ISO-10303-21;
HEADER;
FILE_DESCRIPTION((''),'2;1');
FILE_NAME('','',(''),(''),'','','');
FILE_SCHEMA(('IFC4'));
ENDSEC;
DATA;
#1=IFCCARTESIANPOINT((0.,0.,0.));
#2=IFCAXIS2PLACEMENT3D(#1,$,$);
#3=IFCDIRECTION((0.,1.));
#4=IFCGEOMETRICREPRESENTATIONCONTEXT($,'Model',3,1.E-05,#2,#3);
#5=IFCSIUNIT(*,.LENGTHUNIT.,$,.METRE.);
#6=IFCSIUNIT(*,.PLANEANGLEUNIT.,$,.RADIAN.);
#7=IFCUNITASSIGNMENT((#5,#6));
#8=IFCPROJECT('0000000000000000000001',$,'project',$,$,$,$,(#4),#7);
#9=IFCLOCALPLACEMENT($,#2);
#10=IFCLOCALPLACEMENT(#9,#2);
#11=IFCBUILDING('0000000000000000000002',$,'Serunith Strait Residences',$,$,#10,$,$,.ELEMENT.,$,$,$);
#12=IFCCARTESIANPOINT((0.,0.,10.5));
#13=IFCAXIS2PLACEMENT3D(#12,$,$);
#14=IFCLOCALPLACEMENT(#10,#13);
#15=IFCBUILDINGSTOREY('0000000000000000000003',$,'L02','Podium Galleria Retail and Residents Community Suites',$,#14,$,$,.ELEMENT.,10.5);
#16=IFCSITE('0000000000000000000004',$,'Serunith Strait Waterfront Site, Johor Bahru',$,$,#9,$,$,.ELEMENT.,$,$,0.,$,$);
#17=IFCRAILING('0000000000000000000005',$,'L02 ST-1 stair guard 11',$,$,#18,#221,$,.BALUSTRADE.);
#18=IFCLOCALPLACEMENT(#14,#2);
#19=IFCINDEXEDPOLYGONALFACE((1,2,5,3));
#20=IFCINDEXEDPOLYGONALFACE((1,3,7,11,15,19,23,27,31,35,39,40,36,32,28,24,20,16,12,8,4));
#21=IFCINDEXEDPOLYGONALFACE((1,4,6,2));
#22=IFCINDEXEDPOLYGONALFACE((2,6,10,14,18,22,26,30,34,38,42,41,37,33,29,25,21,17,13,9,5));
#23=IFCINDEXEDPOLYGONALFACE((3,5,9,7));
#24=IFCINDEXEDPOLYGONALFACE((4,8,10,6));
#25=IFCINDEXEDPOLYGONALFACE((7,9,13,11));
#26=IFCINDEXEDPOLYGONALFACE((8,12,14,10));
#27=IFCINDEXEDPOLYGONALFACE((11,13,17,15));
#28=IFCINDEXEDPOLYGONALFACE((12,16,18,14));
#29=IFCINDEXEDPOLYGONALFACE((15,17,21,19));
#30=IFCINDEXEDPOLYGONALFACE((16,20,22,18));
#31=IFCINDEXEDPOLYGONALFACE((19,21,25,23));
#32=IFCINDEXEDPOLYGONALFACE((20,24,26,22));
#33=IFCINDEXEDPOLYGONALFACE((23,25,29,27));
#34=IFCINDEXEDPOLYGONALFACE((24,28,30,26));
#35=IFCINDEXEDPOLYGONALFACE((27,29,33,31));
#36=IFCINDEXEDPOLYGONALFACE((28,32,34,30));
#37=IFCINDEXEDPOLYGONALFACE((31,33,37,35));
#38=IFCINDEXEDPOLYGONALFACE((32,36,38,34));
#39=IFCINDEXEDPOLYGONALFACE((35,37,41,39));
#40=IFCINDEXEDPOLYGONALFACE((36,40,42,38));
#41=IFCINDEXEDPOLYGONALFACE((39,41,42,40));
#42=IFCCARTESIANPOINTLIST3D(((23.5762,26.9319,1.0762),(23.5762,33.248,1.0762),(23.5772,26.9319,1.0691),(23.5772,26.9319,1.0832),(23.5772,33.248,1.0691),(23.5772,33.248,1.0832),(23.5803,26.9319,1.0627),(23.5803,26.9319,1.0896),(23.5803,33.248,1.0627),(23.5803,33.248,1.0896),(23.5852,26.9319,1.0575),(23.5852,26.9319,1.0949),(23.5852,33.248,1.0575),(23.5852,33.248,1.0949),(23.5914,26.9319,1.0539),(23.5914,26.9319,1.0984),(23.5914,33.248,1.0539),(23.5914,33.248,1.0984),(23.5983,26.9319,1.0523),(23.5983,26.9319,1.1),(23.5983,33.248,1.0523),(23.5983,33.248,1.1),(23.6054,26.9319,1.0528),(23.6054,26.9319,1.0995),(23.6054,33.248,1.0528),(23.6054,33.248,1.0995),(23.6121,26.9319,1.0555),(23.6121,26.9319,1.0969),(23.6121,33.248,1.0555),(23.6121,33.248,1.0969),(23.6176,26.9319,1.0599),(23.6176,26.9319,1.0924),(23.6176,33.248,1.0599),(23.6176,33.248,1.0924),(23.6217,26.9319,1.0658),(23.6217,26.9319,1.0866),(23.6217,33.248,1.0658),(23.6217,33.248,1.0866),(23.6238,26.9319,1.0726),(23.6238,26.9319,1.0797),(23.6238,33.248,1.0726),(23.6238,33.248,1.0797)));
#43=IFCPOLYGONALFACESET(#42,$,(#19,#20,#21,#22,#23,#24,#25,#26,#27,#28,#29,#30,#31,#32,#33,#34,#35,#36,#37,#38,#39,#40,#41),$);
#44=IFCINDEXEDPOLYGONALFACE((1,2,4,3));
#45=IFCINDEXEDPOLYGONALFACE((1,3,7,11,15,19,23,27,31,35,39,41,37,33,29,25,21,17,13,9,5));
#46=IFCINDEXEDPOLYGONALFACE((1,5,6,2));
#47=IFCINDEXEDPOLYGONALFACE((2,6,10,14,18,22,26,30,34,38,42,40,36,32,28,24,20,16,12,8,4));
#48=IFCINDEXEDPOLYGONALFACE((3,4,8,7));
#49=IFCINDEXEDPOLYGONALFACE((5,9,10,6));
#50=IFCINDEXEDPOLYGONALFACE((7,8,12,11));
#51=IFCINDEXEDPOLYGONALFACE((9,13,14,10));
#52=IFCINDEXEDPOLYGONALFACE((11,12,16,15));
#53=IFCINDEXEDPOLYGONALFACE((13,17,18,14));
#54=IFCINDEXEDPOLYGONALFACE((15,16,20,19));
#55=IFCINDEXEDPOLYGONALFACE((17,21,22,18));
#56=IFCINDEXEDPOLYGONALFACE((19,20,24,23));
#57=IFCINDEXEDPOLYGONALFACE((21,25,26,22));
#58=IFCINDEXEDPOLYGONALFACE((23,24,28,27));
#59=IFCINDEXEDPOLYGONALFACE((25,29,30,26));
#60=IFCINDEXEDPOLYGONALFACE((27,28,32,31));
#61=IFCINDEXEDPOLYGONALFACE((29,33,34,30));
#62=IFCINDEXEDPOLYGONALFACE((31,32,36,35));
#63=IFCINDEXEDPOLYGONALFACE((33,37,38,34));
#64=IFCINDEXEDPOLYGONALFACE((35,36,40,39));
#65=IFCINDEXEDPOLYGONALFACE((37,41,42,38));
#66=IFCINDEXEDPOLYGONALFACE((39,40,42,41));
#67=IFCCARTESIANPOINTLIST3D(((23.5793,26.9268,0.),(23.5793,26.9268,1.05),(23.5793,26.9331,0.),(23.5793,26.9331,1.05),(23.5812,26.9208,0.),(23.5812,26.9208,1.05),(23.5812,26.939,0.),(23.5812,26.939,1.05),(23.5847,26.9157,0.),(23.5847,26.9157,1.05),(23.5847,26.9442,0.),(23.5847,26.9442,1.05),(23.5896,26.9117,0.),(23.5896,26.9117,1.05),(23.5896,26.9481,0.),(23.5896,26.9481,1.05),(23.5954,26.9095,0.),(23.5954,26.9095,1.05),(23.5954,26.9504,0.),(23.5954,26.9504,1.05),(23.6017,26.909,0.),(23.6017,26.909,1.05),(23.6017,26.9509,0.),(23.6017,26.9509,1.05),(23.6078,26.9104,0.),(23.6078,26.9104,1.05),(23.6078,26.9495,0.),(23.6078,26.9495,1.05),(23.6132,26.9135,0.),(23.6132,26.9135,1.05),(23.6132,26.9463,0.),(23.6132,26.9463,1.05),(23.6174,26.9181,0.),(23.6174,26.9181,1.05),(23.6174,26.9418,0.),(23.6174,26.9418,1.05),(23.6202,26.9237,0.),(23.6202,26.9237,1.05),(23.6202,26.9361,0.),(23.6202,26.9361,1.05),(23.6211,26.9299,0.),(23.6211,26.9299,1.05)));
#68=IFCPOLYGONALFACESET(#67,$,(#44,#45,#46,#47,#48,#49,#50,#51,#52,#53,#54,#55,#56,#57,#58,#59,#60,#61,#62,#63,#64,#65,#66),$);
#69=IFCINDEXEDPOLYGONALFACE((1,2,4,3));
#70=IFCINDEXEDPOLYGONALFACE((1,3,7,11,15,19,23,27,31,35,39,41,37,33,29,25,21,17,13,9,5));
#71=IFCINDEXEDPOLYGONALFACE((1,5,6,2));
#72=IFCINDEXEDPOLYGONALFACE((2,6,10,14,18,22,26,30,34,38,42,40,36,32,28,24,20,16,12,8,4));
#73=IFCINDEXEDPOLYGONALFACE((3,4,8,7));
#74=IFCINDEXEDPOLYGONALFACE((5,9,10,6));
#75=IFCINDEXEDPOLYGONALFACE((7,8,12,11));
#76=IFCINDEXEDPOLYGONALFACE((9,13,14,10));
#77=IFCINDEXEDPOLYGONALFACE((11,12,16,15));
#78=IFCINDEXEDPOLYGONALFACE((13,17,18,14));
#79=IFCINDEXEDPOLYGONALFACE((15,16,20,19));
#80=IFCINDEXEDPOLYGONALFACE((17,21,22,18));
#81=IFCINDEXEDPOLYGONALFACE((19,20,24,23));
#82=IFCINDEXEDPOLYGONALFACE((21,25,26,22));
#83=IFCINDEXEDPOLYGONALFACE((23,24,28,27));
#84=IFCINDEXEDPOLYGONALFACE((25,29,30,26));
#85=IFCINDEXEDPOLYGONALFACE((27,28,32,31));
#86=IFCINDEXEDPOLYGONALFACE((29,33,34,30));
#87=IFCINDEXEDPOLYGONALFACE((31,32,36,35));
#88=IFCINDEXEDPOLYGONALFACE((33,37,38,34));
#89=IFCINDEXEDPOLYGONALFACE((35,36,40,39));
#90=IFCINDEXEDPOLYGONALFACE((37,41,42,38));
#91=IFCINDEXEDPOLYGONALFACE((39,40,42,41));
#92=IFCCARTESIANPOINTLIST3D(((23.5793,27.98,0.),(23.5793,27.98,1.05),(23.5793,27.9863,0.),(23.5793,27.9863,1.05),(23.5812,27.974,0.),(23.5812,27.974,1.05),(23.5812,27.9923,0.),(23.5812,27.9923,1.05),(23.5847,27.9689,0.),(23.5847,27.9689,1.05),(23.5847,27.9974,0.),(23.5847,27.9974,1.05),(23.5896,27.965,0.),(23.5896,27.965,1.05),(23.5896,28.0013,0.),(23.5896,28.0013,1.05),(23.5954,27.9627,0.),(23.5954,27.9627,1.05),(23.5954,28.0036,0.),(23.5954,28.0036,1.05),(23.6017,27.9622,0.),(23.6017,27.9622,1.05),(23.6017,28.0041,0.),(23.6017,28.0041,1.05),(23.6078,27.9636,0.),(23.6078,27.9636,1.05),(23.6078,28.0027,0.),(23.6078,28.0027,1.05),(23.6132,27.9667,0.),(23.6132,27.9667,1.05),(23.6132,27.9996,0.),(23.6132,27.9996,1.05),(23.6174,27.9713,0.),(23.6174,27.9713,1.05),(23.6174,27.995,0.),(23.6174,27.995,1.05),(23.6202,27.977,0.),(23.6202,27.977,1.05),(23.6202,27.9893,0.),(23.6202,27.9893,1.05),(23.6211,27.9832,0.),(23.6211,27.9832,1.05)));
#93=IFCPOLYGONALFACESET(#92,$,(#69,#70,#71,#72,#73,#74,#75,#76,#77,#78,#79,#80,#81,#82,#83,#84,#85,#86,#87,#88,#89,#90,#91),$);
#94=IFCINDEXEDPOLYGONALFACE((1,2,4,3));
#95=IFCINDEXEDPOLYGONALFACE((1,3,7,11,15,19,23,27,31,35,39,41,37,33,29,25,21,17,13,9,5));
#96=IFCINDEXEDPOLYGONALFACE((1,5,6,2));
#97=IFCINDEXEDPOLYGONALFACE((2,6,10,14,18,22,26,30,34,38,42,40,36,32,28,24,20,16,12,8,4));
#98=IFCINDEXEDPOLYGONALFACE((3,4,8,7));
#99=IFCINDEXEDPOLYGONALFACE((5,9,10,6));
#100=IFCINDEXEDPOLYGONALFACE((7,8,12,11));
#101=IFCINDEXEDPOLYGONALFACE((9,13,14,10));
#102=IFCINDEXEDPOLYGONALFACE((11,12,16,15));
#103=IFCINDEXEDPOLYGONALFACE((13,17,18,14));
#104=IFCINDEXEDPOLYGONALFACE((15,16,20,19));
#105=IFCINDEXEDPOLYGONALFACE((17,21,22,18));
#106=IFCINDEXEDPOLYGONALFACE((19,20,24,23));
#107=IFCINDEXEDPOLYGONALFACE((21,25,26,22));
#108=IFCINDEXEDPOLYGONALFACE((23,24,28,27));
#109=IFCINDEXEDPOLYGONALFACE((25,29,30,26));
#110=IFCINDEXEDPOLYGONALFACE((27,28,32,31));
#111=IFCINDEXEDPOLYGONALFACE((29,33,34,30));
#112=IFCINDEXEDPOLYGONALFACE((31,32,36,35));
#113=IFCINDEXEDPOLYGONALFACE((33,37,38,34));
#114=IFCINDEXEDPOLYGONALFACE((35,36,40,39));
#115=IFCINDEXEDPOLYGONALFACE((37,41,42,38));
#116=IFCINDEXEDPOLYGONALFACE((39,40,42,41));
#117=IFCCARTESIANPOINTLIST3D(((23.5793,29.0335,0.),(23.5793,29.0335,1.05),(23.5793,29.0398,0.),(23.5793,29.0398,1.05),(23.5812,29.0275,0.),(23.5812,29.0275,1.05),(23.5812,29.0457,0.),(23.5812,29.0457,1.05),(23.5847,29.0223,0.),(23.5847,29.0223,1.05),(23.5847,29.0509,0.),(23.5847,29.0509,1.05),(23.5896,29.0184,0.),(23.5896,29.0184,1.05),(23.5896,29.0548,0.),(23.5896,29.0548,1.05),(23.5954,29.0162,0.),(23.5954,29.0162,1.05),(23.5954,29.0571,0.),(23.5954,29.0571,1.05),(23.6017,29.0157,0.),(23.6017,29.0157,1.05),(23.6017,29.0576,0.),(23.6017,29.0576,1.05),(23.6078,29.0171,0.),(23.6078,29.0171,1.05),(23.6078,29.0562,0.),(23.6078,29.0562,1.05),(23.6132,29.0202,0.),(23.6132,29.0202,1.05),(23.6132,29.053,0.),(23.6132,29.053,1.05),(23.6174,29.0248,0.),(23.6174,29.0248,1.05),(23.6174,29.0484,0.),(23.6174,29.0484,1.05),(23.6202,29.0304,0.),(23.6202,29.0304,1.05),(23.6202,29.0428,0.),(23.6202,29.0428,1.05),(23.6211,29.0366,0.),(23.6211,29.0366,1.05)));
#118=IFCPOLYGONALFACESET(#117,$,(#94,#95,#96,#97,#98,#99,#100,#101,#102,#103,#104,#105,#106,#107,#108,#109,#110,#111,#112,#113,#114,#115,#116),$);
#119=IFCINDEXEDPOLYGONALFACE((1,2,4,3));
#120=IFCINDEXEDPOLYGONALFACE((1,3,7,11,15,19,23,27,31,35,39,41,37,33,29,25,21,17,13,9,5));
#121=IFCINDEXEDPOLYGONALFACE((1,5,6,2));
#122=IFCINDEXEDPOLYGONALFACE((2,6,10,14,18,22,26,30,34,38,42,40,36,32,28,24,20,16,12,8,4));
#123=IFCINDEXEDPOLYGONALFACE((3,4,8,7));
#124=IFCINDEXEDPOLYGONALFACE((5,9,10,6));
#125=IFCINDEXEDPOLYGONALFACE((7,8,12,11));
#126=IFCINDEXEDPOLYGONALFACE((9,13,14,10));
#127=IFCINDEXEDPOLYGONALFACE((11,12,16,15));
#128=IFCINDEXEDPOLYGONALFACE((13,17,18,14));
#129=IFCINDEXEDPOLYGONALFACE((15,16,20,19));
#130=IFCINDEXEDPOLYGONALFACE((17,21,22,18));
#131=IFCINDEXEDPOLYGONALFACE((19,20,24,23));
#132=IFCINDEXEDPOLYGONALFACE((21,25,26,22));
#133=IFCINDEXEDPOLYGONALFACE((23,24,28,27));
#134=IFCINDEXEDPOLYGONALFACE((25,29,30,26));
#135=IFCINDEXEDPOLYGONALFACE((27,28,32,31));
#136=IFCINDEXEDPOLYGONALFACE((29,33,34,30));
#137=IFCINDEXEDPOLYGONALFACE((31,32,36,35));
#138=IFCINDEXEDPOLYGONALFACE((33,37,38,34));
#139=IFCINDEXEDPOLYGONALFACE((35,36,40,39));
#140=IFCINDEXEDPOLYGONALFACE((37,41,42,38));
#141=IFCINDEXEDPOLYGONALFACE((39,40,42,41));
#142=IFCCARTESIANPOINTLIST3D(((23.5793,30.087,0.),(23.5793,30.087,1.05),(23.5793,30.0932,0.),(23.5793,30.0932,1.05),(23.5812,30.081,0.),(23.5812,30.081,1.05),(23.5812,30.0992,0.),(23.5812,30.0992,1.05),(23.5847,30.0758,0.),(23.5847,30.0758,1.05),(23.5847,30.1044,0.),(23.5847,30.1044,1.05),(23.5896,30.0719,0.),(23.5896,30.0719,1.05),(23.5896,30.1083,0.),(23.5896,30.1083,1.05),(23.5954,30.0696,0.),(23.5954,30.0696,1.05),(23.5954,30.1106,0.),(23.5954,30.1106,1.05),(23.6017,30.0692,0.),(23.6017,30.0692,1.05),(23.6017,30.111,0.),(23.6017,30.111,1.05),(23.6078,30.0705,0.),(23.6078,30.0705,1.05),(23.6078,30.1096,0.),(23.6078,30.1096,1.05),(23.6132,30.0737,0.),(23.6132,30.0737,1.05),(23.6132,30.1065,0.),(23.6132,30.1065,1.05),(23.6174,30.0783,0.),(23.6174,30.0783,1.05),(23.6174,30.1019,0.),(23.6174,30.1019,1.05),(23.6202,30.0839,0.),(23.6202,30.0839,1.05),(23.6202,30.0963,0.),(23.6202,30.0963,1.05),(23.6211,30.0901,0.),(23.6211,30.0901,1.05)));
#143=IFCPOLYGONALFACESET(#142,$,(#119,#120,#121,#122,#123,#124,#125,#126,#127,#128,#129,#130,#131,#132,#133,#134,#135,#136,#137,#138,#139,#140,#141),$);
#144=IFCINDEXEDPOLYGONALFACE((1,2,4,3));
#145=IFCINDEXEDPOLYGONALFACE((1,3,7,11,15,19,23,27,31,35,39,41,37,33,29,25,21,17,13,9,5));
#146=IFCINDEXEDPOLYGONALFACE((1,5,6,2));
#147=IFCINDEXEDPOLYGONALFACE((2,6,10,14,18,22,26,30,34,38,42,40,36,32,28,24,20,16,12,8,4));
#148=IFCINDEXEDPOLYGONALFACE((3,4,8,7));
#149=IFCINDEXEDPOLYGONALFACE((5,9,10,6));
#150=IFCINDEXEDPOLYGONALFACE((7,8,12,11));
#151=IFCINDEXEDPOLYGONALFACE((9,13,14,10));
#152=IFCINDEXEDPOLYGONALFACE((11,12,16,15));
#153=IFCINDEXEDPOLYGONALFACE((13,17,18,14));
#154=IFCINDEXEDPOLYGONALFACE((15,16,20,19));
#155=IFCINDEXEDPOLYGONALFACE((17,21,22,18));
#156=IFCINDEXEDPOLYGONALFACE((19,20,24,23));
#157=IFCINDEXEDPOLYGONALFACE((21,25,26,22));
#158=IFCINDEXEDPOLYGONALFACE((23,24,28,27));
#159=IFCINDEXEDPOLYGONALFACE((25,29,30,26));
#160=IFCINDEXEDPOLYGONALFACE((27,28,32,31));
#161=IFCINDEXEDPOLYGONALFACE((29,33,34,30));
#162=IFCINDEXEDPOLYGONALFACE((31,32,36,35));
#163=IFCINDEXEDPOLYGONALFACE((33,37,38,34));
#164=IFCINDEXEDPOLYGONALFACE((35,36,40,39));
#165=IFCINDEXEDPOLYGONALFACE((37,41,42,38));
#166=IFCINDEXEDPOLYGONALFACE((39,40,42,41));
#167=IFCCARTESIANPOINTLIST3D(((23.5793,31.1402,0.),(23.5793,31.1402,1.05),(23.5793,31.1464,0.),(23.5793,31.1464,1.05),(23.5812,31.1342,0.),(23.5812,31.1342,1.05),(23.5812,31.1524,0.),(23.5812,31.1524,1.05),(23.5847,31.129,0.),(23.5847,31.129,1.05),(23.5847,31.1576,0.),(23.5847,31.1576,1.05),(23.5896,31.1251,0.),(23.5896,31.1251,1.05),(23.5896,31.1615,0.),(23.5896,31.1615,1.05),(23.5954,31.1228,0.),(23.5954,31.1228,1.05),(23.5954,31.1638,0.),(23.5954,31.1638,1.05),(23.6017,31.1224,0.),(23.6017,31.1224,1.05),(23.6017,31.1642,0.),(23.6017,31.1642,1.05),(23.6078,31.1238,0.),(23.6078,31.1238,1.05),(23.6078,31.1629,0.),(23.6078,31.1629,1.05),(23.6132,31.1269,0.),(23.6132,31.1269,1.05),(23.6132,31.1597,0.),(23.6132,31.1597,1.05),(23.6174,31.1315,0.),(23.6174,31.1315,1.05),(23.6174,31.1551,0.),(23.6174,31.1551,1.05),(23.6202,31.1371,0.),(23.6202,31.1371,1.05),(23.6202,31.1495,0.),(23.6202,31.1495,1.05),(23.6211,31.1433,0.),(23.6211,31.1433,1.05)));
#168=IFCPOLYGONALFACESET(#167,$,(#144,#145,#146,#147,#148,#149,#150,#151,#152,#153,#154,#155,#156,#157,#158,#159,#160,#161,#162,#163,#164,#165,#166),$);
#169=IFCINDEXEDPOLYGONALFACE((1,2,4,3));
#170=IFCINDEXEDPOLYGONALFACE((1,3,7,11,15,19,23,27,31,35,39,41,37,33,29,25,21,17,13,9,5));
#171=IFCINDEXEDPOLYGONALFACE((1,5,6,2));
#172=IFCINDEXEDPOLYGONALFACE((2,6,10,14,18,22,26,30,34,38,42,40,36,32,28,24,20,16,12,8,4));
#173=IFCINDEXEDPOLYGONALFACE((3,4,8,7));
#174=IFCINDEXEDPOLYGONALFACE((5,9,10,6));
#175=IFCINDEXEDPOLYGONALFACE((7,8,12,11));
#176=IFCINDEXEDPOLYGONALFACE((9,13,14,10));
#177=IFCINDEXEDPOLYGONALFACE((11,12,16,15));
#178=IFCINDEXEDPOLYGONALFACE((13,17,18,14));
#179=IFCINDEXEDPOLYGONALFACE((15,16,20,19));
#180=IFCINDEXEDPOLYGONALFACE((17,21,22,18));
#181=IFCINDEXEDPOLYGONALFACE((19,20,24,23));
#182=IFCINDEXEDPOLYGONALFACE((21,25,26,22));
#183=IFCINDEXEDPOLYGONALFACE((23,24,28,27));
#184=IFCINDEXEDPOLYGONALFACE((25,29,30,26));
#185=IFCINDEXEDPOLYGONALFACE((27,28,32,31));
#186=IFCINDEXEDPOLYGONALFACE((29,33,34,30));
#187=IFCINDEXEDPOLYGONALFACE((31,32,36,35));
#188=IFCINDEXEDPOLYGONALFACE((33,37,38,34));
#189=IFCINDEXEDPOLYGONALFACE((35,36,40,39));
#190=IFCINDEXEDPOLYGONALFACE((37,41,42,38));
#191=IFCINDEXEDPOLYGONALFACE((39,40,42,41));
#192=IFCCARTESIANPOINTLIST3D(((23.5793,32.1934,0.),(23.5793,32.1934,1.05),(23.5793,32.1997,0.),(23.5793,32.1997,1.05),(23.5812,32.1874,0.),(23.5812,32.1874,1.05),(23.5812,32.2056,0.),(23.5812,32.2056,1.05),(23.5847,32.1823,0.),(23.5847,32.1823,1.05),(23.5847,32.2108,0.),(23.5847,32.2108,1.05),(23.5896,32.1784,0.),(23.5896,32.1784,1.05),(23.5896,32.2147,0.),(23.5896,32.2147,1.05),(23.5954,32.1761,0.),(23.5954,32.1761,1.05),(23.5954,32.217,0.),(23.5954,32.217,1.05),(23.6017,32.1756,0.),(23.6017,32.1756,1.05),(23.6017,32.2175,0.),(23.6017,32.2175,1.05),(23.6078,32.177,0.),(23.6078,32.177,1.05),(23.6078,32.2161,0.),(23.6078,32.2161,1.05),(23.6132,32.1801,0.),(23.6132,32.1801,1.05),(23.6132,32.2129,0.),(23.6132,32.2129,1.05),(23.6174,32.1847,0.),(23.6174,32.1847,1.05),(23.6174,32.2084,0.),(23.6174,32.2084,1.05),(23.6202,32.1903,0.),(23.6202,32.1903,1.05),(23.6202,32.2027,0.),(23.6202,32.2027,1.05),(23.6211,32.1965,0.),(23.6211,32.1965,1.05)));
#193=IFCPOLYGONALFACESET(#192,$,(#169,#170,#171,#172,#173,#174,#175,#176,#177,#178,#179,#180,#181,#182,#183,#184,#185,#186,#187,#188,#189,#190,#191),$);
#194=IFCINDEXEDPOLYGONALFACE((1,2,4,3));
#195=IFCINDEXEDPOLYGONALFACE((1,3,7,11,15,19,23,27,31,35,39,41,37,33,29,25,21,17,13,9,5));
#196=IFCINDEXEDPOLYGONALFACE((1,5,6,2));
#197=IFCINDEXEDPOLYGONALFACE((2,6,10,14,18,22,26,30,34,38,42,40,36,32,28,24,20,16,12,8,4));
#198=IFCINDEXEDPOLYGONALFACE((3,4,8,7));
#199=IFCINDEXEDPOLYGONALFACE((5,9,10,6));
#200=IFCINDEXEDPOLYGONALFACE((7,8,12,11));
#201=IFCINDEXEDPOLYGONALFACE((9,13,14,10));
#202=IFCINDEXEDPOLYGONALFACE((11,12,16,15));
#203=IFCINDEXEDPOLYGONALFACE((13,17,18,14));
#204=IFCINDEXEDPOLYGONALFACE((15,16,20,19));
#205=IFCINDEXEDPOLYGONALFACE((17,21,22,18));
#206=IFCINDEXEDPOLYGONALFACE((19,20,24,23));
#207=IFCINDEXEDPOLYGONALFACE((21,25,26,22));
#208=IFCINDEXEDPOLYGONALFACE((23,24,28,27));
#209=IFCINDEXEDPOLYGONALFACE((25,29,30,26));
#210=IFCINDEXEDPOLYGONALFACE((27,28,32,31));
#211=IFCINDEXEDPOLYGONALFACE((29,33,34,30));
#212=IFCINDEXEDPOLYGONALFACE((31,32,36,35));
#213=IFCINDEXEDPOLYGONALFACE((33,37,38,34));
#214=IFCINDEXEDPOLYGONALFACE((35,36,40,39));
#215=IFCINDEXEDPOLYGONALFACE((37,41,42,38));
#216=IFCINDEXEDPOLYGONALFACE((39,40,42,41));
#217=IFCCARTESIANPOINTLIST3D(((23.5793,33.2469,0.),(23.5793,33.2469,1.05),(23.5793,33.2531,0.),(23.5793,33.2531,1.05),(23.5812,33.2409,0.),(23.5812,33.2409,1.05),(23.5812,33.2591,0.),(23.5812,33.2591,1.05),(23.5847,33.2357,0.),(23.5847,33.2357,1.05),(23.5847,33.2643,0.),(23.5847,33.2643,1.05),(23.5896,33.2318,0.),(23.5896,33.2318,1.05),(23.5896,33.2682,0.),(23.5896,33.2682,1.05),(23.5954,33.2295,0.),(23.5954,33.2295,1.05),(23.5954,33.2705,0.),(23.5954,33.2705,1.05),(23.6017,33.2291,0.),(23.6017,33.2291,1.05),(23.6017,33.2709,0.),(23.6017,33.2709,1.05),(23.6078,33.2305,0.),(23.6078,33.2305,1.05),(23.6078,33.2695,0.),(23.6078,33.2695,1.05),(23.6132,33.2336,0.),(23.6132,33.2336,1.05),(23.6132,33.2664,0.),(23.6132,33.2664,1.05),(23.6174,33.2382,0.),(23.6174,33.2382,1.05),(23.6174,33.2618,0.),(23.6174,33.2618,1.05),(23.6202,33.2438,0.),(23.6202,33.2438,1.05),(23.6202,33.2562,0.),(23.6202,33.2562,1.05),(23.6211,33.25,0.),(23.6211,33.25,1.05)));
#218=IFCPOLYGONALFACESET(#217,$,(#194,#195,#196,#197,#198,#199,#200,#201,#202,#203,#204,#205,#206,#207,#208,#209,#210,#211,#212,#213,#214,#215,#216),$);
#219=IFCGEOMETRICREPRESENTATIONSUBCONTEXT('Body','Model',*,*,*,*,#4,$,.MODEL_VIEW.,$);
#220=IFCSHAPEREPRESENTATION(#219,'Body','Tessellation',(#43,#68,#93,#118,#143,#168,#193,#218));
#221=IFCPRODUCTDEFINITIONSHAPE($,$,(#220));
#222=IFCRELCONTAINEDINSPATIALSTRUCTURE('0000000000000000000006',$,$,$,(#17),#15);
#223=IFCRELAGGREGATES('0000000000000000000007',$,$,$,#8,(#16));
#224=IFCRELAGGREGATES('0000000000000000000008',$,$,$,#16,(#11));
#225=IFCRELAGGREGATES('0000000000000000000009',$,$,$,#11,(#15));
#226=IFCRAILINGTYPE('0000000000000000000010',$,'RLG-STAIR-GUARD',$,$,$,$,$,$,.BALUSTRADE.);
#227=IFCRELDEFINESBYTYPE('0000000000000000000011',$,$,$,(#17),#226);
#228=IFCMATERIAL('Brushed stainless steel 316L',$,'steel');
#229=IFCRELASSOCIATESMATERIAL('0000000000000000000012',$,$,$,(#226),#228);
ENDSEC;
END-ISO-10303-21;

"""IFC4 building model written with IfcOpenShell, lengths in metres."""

from ifc_helpers import new_model, si_unit, direction, frame, origin, origin_2d, place, context, subcontext, project, spatial, circle, extrude, material, type_object, element, save


model = new_model("IFC4")

# Units and contexts
model_context = context("Model", 3, precision=1e-05, world=origin(), true_north=direction((0.0, 1.0)))
body_context = subcontext(model_context, "Body", "Model", "MODEL_VIEW")
ifc_project = project(units=[si_unit("LENGTHUNIT", "METRE"), si_unit("PLANEANGLEUNIT", "RADIAN")], contexts=[model_context])

# Site, building, storey
site_placement = place(None, origin())
site = spatial("IfcSite", under=ifc_project, at=site_placement, Name="Serunith Strait Waterfront Site, Johor Bahru", CompositionType="ELEMENT", RefElevation=0.0)
building_placement = place(site_placement, origin())
building = spatial("IfcBuilding", under=site, at=building_placement, Name="Serunith Strait Residences", CompositionType="ELEMENT")
storey_placement = place(building_placement, frame((0.0, 0.0, 10.5)))
storey = spatial("IfcBuildingStorey", under=building, at=storey_placement, Name="L02", Description="Podium Galleria Retail and Residents Community Suites", CompositionType="ELEMENT", Elevation=10.5)

# Railing
ifc_material_1 = material(Name="Brushed stainless steel 316L", Category="steel")
railing_type_1 = type_object("IfcRailingType", Name="RLG-STAIR-GUARD", PredefinedType="BALUSTRADE", material=ifc_material_1)
railing_1_placement = place(storey_placement, frame((23.6001, 26.9299, 0.0)))
element("IfcRailing", 1, at=railing_1_placement, inside=storey, type_object=railing_type_1, Name="L02 ST-1 stair guard 11", PredefinedType="BALUSTRADE", context=body_context, shape_type="SweptSolid", body=[
    extrude(circle(Radius=0.0239, at=origin_2d()), frame((0.0, 0.002, 1.0762), z_axis=(0.0, 1.0, 0.0), x_axis=(-1.0, 0.0, 0.0)), (0.0, 0.0, 1.0), 6.3162),
    extrude(circle(Radius=0.021, at=origin_2d()), origin(), (0.0, 0.0, 1.0), 1.05),
    extrude(circle(Radius=0.021, at=origin_2d()), frame((0.0, 1.0532, 0.0)), (0.0, 0.0, 1.0), 1.05),
    extrude(circle(Radius=0.021, at=origin_2d()), frame((0.0, 2.1067, 0.0)), (0.0, 0.0, 1.0), 1.05),
    extrude(circle(Radius=0.021, at=origin_2d()), frame((0.0, 3.1602, 0.0)), (0.0, 0.0, 1.0), 1.05),
    extrude(circle(Radius=0.021, at=origin_2d()), frame((0.0, 4.2134, 0.0)), (0.0, 0.0, 1.0), 1.05),
    extrude(circle(Radius=0.021, at=origin_2d()), frame((0.0, 5.2666, 0.0)), (0.0, 0.0, 1.0), 1.05),
    extrude(circle(Radius=0.021, at=origin_2d()), frame((0.0, 6.3201, 0.0)), (0.0, 0.0, 1.0), 1.05),
])

save(model, "model.ifc")
